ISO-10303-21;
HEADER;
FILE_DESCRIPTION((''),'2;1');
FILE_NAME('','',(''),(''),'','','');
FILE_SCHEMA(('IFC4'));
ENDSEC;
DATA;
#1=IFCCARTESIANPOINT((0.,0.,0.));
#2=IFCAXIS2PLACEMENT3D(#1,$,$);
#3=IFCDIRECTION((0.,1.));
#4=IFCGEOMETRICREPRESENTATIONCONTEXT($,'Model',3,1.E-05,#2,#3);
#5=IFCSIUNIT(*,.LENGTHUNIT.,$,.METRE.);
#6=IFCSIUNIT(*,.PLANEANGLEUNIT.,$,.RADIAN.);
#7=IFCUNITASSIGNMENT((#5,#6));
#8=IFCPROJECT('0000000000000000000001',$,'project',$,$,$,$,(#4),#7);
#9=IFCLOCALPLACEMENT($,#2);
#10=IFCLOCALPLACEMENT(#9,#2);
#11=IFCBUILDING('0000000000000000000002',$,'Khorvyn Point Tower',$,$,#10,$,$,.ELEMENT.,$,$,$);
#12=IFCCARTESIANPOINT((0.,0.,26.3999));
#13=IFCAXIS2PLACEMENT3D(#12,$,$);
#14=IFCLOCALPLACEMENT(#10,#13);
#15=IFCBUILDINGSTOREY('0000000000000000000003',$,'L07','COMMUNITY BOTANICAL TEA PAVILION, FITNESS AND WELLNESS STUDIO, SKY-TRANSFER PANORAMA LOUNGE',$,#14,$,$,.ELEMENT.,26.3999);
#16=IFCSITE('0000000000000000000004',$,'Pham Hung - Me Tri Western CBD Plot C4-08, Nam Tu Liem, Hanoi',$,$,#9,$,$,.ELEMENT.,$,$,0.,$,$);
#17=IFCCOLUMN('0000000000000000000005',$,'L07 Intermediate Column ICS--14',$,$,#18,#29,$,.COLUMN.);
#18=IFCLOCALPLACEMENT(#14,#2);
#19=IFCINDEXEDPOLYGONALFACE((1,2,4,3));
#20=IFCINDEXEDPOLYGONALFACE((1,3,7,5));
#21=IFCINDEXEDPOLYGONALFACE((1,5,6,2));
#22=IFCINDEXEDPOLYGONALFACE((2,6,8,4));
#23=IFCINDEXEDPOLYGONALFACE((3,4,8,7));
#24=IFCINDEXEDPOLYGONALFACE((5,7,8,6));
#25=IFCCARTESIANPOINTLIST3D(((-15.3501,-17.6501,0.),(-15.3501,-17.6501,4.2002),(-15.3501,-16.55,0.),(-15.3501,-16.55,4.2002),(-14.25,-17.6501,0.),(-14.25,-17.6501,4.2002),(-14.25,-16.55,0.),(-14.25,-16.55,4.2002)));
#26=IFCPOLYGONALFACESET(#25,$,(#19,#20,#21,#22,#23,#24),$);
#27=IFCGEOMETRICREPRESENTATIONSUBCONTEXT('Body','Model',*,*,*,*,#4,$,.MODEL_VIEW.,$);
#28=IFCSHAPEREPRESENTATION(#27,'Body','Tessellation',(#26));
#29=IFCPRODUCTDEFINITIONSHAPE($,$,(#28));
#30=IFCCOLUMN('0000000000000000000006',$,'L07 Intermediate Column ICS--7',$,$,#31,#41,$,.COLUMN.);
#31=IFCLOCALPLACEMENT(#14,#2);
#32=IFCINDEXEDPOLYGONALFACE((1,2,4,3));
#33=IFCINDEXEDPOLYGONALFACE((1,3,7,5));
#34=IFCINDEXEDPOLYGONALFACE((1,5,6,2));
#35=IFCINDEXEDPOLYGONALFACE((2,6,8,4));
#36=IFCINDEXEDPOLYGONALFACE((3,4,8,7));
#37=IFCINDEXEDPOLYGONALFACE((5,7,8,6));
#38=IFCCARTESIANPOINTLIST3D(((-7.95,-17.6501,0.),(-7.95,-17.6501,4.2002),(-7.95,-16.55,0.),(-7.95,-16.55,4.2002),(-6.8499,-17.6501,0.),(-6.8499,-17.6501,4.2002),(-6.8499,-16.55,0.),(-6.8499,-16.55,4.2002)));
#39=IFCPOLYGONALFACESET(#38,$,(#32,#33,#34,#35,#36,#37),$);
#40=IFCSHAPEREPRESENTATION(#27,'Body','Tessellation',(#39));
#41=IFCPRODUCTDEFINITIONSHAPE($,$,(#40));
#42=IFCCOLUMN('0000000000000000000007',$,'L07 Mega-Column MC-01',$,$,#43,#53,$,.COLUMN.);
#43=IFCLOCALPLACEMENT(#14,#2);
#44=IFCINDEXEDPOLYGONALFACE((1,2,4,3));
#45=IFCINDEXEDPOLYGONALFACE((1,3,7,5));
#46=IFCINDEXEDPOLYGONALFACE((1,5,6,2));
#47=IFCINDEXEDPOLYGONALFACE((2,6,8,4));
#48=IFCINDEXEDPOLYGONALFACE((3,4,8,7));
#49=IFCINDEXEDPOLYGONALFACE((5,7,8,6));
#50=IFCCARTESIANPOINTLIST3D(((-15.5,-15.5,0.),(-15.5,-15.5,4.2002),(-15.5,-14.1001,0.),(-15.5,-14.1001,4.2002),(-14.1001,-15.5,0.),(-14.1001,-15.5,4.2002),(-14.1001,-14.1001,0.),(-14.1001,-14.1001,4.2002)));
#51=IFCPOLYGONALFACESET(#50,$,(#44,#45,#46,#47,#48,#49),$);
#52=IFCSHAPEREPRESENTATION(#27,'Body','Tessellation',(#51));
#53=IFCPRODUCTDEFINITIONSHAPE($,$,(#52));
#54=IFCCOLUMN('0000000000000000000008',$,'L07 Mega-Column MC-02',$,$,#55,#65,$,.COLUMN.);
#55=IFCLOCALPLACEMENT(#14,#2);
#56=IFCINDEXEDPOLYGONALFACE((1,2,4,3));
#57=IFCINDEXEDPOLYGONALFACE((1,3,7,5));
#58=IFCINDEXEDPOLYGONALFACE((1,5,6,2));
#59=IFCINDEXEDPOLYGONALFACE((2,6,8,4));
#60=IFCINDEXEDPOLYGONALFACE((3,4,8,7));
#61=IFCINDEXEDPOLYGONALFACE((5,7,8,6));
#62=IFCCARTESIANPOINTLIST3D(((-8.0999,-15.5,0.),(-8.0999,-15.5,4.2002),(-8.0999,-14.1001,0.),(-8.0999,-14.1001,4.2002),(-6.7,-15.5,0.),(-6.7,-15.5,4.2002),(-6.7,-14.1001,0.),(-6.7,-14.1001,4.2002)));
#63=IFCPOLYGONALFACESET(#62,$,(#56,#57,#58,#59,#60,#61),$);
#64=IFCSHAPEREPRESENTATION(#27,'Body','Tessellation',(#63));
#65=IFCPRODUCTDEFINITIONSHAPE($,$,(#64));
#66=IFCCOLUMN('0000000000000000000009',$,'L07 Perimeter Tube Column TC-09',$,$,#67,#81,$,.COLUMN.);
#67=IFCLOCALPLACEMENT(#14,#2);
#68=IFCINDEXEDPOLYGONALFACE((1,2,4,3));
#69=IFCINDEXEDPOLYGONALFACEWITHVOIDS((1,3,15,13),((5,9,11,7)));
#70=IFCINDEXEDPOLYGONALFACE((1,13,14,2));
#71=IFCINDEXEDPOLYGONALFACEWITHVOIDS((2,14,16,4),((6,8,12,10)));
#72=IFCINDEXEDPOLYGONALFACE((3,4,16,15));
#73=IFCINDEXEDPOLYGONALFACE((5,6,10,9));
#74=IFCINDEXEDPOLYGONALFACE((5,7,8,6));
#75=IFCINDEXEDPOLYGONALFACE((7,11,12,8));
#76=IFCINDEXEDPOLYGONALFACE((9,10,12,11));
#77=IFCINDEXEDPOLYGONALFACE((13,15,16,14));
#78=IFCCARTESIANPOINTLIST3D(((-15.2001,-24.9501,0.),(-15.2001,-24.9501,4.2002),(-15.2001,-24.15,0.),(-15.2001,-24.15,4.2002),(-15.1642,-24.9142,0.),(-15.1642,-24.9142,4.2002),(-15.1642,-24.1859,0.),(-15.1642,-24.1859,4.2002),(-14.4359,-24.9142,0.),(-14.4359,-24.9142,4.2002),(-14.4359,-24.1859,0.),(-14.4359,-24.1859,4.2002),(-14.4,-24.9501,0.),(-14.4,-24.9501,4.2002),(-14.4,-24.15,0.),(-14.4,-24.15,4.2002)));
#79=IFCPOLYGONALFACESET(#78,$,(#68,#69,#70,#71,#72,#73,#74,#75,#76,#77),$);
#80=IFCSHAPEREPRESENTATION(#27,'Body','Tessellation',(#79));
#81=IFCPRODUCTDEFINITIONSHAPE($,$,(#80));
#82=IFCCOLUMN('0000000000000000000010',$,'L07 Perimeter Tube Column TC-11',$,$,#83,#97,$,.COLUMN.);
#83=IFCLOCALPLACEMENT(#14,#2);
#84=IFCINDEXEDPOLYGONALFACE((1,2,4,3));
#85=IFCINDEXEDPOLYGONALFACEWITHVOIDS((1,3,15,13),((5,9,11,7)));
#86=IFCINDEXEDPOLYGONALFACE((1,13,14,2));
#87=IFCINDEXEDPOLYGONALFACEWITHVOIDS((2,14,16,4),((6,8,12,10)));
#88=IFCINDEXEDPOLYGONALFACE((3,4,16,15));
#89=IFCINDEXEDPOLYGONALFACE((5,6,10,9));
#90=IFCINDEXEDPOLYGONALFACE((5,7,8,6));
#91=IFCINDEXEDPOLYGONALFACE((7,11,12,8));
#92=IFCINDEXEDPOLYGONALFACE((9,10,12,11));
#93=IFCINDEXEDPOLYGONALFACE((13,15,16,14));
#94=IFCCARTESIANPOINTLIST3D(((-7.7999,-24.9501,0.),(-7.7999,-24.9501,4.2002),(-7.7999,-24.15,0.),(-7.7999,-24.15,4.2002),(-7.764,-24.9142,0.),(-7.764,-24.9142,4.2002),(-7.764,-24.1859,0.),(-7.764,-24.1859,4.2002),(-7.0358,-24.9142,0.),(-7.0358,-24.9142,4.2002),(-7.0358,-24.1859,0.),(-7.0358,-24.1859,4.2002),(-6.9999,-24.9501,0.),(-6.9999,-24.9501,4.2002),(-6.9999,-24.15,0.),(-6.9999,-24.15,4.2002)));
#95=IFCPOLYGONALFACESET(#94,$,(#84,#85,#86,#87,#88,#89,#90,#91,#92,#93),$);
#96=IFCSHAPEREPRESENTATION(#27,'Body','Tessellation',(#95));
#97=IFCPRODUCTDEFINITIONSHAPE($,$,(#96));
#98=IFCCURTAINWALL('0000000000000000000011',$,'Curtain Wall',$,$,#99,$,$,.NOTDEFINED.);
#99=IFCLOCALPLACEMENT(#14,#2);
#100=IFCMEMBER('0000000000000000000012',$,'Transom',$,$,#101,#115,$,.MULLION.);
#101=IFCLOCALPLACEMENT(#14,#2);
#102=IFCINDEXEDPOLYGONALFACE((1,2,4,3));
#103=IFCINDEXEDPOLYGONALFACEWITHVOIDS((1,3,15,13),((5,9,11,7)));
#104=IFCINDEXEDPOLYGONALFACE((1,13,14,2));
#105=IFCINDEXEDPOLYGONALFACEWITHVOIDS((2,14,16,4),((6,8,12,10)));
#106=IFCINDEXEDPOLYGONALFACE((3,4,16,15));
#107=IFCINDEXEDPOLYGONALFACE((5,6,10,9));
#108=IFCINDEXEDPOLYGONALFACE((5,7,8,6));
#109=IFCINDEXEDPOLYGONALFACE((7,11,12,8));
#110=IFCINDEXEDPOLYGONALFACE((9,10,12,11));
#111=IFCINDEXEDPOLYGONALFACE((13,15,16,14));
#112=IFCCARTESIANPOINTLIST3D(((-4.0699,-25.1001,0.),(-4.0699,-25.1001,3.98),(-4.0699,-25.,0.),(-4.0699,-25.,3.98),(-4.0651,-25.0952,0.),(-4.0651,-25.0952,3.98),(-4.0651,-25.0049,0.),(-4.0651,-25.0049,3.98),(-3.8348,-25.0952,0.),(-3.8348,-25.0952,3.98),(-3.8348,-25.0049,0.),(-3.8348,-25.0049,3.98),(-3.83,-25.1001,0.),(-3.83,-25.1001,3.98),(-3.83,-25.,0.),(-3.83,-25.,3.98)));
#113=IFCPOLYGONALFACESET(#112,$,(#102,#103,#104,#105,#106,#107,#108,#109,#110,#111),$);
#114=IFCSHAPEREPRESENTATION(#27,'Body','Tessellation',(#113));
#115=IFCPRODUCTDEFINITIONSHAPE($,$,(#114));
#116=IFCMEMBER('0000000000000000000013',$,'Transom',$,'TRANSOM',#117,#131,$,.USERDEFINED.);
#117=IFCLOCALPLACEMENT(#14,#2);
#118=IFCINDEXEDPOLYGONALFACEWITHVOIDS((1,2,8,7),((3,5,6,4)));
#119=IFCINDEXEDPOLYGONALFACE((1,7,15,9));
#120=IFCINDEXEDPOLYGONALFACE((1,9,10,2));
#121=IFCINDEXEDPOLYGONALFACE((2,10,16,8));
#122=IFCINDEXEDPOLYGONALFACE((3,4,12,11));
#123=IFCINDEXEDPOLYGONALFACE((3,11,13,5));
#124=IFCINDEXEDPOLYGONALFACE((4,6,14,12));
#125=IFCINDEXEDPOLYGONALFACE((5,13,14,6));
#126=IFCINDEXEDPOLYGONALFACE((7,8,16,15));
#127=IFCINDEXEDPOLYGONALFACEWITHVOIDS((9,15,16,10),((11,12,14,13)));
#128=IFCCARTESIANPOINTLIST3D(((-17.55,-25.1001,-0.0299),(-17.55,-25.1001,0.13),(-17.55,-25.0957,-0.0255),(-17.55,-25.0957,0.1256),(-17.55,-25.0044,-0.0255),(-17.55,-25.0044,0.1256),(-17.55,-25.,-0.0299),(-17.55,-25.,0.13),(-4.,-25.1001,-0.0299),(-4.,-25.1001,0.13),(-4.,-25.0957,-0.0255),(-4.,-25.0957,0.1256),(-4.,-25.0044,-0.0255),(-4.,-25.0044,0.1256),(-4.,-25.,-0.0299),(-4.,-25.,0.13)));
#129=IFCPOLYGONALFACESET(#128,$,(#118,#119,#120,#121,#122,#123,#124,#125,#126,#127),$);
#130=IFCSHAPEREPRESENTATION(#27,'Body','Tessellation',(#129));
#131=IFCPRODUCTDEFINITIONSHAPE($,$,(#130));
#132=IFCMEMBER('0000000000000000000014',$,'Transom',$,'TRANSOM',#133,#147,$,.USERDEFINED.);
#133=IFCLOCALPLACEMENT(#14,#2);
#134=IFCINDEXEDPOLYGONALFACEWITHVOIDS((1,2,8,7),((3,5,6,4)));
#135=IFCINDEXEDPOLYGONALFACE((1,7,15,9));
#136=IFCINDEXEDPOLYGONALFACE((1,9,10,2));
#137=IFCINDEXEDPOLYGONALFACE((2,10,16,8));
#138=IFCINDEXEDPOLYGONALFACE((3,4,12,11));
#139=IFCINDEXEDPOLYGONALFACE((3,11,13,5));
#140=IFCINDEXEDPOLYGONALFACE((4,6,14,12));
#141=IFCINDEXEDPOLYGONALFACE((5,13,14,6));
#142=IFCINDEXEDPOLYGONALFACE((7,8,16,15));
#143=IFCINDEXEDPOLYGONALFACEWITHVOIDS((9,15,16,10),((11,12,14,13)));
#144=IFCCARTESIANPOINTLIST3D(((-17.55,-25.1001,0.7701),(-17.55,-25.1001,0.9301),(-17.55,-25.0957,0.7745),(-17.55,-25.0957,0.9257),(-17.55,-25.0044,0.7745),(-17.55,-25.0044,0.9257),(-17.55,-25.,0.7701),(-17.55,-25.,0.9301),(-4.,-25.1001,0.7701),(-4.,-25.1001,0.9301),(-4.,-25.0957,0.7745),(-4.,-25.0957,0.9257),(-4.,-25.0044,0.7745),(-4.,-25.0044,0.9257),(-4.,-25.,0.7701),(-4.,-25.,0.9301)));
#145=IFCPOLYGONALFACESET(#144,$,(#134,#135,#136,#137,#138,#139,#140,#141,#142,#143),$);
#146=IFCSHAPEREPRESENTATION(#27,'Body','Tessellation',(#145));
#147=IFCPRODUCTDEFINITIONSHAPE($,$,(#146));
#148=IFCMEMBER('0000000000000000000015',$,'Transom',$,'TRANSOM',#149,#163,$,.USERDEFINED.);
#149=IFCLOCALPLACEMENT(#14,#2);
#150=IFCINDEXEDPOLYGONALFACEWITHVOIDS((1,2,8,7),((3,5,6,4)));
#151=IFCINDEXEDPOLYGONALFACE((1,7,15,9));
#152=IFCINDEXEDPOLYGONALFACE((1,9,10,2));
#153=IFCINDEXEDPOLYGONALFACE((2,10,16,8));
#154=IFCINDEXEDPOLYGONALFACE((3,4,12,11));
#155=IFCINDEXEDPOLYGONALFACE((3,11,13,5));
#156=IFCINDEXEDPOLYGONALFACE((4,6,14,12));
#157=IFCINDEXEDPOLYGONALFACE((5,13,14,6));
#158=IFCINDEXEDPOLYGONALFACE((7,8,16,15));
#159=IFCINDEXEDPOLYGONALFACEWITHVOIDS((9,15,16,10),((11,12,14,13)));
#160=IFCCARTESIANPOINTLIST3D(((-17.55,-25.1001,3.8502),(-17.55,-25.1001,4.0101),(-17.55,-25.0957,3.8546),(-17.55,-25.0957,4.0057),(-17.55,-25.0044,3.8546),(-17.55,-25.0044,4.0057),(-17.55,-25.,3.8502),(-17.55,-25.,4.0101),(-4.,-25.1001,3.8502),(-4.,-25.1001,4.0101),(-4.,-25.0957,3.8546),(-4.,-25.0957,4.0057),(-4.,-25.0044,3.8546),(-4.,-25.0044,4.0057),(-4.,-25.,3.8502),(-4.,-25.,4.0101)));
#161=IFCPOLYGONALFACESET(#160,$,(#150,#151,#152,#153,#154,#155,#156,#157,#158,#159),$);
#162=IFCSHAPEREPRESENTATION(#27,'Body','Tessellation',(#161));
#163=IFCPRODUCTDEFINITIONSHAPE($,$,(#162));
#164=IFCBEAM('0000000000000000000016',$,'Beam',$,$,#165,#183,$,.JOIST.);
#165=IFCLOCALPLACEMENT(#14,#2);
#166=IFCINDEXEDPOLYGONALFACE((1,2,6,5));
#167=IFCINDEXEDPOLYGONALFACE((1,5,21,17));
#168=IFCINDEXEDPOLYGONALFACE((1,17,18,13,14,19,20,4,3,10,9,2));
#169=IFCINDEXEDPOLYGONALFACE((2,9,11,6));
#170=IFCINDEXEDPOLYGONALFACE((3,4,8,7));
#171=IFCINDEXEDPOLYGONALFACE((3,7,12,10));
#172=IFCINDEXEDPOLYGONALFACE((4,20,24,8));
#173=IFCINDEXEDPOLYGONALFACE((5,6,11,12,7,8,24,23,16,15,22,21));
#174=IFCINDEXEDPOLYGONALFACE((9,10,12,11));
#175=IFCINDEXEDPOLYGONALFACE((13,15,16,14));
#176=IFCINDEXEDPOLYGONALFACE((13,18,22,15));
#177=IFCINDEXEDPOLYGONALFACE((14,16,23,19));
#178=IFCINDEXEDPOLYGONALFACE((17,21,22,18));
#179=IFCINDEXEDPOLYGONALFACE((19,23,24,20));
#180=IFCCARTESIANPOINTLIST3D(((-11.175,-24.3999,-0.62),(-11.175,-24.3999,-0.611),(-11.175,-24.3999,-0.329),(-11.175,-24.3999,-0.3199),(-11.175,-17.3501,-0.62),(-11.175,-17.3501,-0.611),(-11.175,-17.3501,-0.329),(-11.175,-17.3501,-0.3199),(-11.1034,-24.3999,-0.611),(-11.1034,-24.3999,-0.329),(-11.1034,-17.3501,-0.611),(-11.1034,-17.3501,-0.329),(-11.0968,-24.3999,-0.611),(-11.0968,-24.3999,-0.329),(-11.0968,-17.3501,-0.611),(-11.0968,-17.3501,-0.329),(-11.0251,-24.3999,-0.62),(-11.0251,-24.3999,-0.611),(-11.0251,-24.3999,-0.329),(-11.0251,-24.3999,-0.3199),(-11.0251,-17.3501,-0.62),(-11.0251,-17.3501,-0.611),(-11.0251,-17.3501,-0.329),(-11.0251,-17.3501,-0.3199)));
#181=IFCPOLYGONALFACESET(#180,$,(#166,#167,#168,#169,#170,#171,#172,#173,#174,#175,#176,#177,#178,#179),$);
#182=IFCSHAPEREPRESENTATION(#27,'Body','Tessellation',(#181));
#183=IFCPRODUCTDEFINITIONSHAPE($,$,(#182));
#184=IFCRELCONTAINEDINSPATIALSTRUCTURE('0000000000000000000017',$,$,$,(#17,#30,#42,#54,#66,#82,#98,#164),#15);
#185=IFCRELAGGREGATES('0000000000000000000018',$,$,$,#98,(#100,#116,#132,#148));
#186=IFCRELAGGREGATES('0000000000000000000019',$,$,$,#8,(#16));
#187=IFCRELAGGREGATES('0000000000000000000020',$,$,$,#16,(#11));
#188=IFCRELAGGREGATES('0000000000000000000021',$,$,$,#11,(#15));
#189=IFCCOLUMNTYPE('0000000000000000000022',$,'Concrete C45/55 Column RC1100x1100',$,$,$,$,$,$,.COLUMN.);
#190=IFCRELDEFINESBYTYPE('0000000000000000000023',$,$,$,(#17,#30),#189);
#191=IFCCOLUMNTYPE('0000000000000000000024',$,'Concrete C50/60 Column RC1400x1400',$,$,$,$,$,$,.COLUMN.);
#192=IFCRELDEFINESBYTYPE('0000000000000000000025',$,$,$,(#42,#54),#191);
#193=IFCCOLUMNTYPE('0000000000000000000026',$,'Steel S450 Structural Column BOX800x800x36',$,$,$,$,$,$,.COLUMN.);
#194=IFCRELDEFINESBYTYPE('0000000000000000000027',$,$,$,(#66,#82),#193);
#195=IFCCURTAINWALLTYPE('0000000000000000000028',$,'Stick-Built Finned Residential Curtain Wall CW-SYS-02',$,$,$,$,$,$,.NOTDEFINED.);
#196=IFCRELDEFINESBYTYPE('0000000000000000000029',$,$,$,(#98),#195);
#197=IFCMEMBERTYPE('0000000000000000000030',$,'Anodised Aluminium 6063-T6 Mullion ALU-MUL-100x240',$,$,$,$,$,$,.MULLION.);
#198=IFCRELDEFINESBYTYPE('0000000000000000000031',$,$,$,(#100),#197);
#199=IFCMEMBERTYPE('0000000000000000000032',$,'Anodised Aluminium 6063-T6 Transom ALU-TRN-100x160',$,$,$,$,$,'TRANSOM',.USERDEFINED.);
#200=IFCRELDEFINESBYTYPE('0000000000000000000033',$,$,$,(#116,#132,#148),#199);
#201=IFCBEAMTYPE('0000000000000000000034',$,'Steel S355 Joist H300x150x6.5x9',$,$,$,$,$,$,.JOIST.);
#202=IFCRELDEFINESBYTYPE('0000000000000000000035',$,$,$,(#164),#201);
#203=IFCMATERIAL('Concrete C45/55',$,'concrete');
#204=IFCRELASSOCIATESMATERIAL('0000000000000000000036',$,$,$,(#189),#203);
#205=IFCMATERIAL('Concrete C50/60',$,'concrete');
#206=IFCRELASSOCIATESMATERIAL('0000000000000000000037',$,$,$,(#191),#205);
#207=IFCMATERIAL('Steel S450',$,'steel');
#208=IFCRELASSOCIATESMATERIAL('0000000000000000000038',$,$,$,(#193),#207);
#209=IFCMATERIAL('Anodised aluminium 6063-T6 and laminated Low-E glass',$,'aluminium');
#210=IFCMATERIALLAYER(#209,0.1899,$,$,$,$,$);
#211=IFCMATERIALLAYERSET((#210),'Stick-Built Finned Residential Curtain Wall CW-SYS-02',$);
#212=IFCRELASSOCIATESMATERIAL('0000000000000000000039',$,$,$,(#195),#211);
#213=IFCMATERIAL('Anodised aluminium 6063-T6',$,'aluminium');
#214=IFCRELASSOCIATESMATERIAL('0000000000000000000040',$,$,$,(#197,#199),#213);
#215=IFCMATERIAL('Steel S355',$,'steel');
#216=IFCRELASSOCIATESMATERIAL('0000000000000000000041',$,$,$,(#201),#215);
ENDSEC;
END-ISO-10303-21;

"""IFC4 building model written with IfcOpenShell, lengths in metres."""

from ifc_helpers import new_model, si_unit, direction, frame, origin, origin_2d, place, context, subcontext, project, spatial, rectangle, hollow_rectangle, i_section, extrude, material, layer, layer_set, material_profile, profile_set, type_object, element, aggregate, save


model = new_model("IFC4")

# Units and contexts
model_context = context("Model", 3, precision=1e-05, world=origin(), true_north=direction((0.0, 1.0)))
body_context = subcontext(model_context, "Body", "Model", "MODEL_VIEW")
ifc_project = project(units=[si_unit("LENGTHUNIT", "METRE"), si_unit("PLANEANGLEUNIT", "RADIAN")], contexts=[model_context])

# Site, building, storey
site_placement = place(None, origin())
site = spatial("IfcSite", under=ifc_project, at=site_placement, Name="Pham Hung - Me Tri Western CBD Plot C4-08, Nam Tu Liem, Hanoi", CompositionType="ELEMENT", RefElevation=0.0)
building_placement = place(site_placement, origin())
building = spatial("IfcBuilding", under=site, at=building_placement, Name="Khorvyn Point Tower", CompositionType="ELEMENT")
storey_placement = place(building_placement, frame((0.0, 0.0, 26.3999)))
storey = spatial("IfcBuildingStorey", under=building, at=storey_placement, Name="L07", Description="COMMUNITY BOTANICAL TEA PAVILION, FITNESS AND WELLNESS STUDIO, SKY-TRANSFER PANORAMA LOUNGE", CompositionType="ELEMENT", Elevation=26.3999)

# Columns
ifc_material_1 = material(Name="Concrete C45/55", Category="concrete")
ifc_material_profile_1 = material_profile(ifc_material_1, rectangle(XDim=1.1001, YDim=1.1001, at=origin_2d()))
ifc_profile_set_1 = profile_set([ifc_material_profile_1], Name="Concrete C45/55 RC1100x1100")
column_type_1 = type_object("IfcColumnType", Name="Concrete C45/55 Column RC1100x1100", PredefinedType="COLUMN", material=ifc_profile_set_1)
for number, where, z_axis, x_axis, name in (
    (1, (-14.8, -17.1001, 0.0), (0.0, 0.0, 1.0), (1.0, 0.0, 0.0), "L07 Intermediate Column ICS--14"),
    (2, (-7.3999, -17.1001, 0.0), (0.0, 0.0, 1.0), (1.0, 0.0, 0.0), "L07 Intermediate Column ICS--7"),
):
    element("IfcColumn", number, at=place(storey_placement, frame(where, z_axis=z_axis, x_axis=x_axis)), inside=storey, type_object=column_type_1, Name=name, PredefinedType="COLUMN", context=body_context, shape_type="SweptSolid", body=[
        extrude(rectangle(XDim=1.1001, YDim=1.1001, at=origin_2d()), origin(), (0.0, 0.0, 1.0), 4.2002),
    ])
ifc_material_2 = material(Name="Concrete C50/60", Category="concrete")
ifc_material_profile_2 = material_profile(ifc_material_2, rectangle(XDim=1.3999, YDim=1.3999, at=origin_2d()))
ifc_profile_set_2 = profile_set([ifc_material_profile_2], Name="Concrete C50/60 RC1400x1400")
column_type_2 = type_object("IfcColumnType", Name="Concrete C50/60 Column RC1400x1400", PredefinedType="COLUMN", material=ifc_profile_set_2)
for number, where, z_axis, x_axis, name in (
    (3, (-14.8, -14.8, 0.0), (0.0, 0.0, 1.0), (1.0, 0.0, 0.0), "L07 Mega-Column MC-01"),
    (4, (-7.3999, -14.8, 0.0), (0.0, 0.0, 1.0), (1.0, 0.0, 0.0), "L07 Mega-Column MC-02"),
):
    element("IfcColumn", number, at=place(storey_placement, frame(where, z_axis=z_axis, x_axis=x_axis)), inside=storey, type_object=column_type_2, Name=name, PredefinedType="COLUMN", context=body_context, shape_type="SweptSolid", body=[
        extrude(rectangle(XDim=1.3999, YDim=1.3999, at=origin_2d()), origin(), (0.0, 0.0, 1.0), 4.2002),
    ])
ifc_material_3 = material(Name="Steel S450", Category="steel")
ifc_material_profile_3 = material_profile(ifc_material_3, hollow_rectangle(XDim=0.8, YDim=0.8, WallThickness=0.0359, at=origin_2d()))
ifc_profile_set_3 = profile_set([ifc_material_profile_3], Name="Steel S450 BOX800x800x36")
column_type_3 = type_object("IfcColumnType", Name="Steel S450 Structural Column BOX800x800x36", PredefinedType="COLUMN", material=ifc_profile_set_3)
for number, where, z_axis, x_axis, name in (
    (5, (-14.8, -24.55, 0.0), (0.0, 0.0, 1.0), (1.0, 0.0, 0.0), "L07 Perimeter Tube Column TC-09"),
    (6, (-7.3999, -24.55, 0.0), (0.0, 0.0, 1.0), (1.0, 0.0, 0.0), "L07 Perimeter Tube Column TC-11"),
):
    element("IfcColumn", number, at=place(storey_placement, frame(where, z_axis=z_axis, x_axis=x_axis)), inside=storey, type_object=column_type_3, Name=name, PredefinedType="COLUMN", context=body_context, shape_type="SweptSolid", body=[
        extrude(hollow_rectangle(XDim=0.8, YDim=0.8, WallThickness=0.0359, at=origin_2d()), origin(), (0.0, 0.0, 1.0), 4.2002),
    ])

# Curtain wall, members
ifc_material_4 = material(Name="Anodised aluminium 6063-T6 and laminated Low-E glass", Category="aluminium")
ifc_layer_1 = layer(ifc_material_4, 0.1899)
ifc_layer_set_1 = layer_set([ifc_layer_1], Name="Stick-Built Finned Residential Curtain Wall CW-SYS-02")
curtain_wall_type = type_object("IfcCurtainWallType", Name="Stick-Built Finned Residential Curtain Wall CW-SYS-02", PredefinedType="NOTDEFINED", material=ifc_layer_set_1)
curtain_wall_placement = place(storey_placement, origin())
curtain_wall = element("IfcCurtainWall", 7, at=curtain_wall_placement, inside=storey, type_object=curtain_wall_type, Name="Curtain Wall", PredefinedType="NOTDEFINED")
ifc_material_5 = material(Name="Anodised aluminium 6063-T6", Category="aluminium")
ifc_material_profile_4 = material_profile(ifc_material_5, hollow_rectangle(XDim=0.1001, YDim=0.24, WallThickness=0.0049, at=origin_2d()))
ifc_profile_set_4 = profile_set([ifc_material_profile_4], Name="Anodised aluminium 6063-T6 ALU-MUL-100x240")
member_type_1 = type_object("IfcMemberType", Name="Anodised Aluminium 6063-T6 Mullion ALU-MUL-100x240", PredefinedType="MULLION", material=ifc_profile_set_4)
member_1_placement = place(storey_placement, frame((-3.95, -25.05, 0.0), z_axis=(0.0, 0.0, 1.0), x_axis=(0.0, -1.0, 0.0)))
member_1 = element("IfcMember", 8, at=member_1_placement, type_object=member_type_1, Name="Transom", PredefinedType="MULLION", context=body_context, shape_type="SweptSolid", body=[
    extrude(hollow_rectangle(XDim=0.1001, YDim=0.24, WallThickness=0.0049, at=origin_2d()), origin(), (0.0, 0.0, 1.0), 3.98),
])
ifc_material_profile_5 = material_profile(ifc_material_5, hollow_rectangle(XDim=0.1001, YDim=0.1599, WallThickness=0.0044, at=origin_2d()))
ifc_profile_set_5 = profile_set([ifc_material_profile_5], Name="Anodised aluminium 6063-T6 ALU-TRN-100x160")
member_type_2 = type_object("IfcMemberType", Name="Anodised Aluminium 6063-T6 Transom ALU-TRN-100x160", ElementType="TRANSOM", PredefinedType="USERDEFINED", material=ifc_profile_set_5)
member_2_placement = place(storey_placement, frame((-4.0, -25.05, 0.05), z_axis=(-1.0, 0.0, 0.0), x_axis=(0.0, -1.0, 0.0)))
member_2 = element("IfcMember", 9, at=member_2_placement, type_object=member_type_2, Name="Transom", ObjectType="TRANSOM", PredefinedType="USERDEFINED", context=body_context, shape_type="SweptSolid", body=[
    extrude(hollow_rectangle(XDim=0.1001, YDim=0.1599, WallThickness=0.0044, at=origin_2d()), origin(), (0.0, 0.0, 1.0), 13.55),
])
member_3_placement = place(storey_placement, frame((-4.0, -25.05, 0.8501), z_axis=(-1.0, 0.0, 0.0), x_axis=(0.0, -1.0, 0.0)))
member_3 = element("IfcMember", 10, at=member_3_placement, type_object=member_type_2, Name="Transom", ObjectType="TRANSOM", PredefinedType="USERDEFINED", context=body_context, shape_type="SweptSolid", body=[
    extrude(hollow_rectangle(XDim=0.1001, YDim=0.1599, WallThickness=0.0044, at=origin_2d()), origin(), (0.0, 0.0, 1.0), 13.55),
])
member_4_placement = place(storey_placement, frame((-4.0, -25.05, 3.9302), z_axis=(-1.0, 0.0, 0.0), x_axis=(0.0, -1.0, 0.0)))
member_4 = element("IfcMember", 11, at=member_4_placement, type_object=member_type_2, Name="Transom", ObjectType="TRANSOM", PredefinedType="USERDEFINED", context=body_context, shape_type="SweptSolid", body=[
    extrude(hollow_rectangle(XDim=0.1001, YDim=0.1599, WallThickness=0.0044, at=origin_2d()), origin(), (0.0, 0.0, 1.0), 13.55),
])

# Beam
ifc_material_6 = material(Name="Steel S355", Category="steel")
ifc_material_profile_6 = material_profile(ifc_material_6, i_section(OverallWidth=0.1499, OverallDepth=0.3, WebThickness=0.0066, FlangeThickness=0.009, at=origin_2d()))
ifc_profile_set_6 = profile_set([ifc_material_profile_6], Name="Steel S355 H300x150x6.5x9")
beam_type_1 = type_object("IfcBeamType", Name="Steel S355 Joist H300x150x6.5x9", PredefinedType="JOIST", material=ifc_profile_set_6)
beam_1_placement = place(storey_placement, frame((-11.1001, -24.3999, -0.47), z_axis=(0.0, 1.0, 0.0), x_axis=(-1.0, 0.0, 0.0)))
element("IfcBeam", 12, at=beam_1_placement, inside=storey, type_object=beam_type_1, Name="Beam", PredefinedType="JOIST", context=body_context, shape_type="SweptSolid", body=[
    extrude(i_section(OverallWidth=0.1499, OverallDepth=0.3, WebThickness=0.0066, FlangeThickness=0.009, at=origin_2d()), origin(), (0.0, 0.0, 1.0), 7.0498),
])

aggregate(curtain_wall, [member_1, member_2, member_3, member_4])

save(model, "model.ifc")
